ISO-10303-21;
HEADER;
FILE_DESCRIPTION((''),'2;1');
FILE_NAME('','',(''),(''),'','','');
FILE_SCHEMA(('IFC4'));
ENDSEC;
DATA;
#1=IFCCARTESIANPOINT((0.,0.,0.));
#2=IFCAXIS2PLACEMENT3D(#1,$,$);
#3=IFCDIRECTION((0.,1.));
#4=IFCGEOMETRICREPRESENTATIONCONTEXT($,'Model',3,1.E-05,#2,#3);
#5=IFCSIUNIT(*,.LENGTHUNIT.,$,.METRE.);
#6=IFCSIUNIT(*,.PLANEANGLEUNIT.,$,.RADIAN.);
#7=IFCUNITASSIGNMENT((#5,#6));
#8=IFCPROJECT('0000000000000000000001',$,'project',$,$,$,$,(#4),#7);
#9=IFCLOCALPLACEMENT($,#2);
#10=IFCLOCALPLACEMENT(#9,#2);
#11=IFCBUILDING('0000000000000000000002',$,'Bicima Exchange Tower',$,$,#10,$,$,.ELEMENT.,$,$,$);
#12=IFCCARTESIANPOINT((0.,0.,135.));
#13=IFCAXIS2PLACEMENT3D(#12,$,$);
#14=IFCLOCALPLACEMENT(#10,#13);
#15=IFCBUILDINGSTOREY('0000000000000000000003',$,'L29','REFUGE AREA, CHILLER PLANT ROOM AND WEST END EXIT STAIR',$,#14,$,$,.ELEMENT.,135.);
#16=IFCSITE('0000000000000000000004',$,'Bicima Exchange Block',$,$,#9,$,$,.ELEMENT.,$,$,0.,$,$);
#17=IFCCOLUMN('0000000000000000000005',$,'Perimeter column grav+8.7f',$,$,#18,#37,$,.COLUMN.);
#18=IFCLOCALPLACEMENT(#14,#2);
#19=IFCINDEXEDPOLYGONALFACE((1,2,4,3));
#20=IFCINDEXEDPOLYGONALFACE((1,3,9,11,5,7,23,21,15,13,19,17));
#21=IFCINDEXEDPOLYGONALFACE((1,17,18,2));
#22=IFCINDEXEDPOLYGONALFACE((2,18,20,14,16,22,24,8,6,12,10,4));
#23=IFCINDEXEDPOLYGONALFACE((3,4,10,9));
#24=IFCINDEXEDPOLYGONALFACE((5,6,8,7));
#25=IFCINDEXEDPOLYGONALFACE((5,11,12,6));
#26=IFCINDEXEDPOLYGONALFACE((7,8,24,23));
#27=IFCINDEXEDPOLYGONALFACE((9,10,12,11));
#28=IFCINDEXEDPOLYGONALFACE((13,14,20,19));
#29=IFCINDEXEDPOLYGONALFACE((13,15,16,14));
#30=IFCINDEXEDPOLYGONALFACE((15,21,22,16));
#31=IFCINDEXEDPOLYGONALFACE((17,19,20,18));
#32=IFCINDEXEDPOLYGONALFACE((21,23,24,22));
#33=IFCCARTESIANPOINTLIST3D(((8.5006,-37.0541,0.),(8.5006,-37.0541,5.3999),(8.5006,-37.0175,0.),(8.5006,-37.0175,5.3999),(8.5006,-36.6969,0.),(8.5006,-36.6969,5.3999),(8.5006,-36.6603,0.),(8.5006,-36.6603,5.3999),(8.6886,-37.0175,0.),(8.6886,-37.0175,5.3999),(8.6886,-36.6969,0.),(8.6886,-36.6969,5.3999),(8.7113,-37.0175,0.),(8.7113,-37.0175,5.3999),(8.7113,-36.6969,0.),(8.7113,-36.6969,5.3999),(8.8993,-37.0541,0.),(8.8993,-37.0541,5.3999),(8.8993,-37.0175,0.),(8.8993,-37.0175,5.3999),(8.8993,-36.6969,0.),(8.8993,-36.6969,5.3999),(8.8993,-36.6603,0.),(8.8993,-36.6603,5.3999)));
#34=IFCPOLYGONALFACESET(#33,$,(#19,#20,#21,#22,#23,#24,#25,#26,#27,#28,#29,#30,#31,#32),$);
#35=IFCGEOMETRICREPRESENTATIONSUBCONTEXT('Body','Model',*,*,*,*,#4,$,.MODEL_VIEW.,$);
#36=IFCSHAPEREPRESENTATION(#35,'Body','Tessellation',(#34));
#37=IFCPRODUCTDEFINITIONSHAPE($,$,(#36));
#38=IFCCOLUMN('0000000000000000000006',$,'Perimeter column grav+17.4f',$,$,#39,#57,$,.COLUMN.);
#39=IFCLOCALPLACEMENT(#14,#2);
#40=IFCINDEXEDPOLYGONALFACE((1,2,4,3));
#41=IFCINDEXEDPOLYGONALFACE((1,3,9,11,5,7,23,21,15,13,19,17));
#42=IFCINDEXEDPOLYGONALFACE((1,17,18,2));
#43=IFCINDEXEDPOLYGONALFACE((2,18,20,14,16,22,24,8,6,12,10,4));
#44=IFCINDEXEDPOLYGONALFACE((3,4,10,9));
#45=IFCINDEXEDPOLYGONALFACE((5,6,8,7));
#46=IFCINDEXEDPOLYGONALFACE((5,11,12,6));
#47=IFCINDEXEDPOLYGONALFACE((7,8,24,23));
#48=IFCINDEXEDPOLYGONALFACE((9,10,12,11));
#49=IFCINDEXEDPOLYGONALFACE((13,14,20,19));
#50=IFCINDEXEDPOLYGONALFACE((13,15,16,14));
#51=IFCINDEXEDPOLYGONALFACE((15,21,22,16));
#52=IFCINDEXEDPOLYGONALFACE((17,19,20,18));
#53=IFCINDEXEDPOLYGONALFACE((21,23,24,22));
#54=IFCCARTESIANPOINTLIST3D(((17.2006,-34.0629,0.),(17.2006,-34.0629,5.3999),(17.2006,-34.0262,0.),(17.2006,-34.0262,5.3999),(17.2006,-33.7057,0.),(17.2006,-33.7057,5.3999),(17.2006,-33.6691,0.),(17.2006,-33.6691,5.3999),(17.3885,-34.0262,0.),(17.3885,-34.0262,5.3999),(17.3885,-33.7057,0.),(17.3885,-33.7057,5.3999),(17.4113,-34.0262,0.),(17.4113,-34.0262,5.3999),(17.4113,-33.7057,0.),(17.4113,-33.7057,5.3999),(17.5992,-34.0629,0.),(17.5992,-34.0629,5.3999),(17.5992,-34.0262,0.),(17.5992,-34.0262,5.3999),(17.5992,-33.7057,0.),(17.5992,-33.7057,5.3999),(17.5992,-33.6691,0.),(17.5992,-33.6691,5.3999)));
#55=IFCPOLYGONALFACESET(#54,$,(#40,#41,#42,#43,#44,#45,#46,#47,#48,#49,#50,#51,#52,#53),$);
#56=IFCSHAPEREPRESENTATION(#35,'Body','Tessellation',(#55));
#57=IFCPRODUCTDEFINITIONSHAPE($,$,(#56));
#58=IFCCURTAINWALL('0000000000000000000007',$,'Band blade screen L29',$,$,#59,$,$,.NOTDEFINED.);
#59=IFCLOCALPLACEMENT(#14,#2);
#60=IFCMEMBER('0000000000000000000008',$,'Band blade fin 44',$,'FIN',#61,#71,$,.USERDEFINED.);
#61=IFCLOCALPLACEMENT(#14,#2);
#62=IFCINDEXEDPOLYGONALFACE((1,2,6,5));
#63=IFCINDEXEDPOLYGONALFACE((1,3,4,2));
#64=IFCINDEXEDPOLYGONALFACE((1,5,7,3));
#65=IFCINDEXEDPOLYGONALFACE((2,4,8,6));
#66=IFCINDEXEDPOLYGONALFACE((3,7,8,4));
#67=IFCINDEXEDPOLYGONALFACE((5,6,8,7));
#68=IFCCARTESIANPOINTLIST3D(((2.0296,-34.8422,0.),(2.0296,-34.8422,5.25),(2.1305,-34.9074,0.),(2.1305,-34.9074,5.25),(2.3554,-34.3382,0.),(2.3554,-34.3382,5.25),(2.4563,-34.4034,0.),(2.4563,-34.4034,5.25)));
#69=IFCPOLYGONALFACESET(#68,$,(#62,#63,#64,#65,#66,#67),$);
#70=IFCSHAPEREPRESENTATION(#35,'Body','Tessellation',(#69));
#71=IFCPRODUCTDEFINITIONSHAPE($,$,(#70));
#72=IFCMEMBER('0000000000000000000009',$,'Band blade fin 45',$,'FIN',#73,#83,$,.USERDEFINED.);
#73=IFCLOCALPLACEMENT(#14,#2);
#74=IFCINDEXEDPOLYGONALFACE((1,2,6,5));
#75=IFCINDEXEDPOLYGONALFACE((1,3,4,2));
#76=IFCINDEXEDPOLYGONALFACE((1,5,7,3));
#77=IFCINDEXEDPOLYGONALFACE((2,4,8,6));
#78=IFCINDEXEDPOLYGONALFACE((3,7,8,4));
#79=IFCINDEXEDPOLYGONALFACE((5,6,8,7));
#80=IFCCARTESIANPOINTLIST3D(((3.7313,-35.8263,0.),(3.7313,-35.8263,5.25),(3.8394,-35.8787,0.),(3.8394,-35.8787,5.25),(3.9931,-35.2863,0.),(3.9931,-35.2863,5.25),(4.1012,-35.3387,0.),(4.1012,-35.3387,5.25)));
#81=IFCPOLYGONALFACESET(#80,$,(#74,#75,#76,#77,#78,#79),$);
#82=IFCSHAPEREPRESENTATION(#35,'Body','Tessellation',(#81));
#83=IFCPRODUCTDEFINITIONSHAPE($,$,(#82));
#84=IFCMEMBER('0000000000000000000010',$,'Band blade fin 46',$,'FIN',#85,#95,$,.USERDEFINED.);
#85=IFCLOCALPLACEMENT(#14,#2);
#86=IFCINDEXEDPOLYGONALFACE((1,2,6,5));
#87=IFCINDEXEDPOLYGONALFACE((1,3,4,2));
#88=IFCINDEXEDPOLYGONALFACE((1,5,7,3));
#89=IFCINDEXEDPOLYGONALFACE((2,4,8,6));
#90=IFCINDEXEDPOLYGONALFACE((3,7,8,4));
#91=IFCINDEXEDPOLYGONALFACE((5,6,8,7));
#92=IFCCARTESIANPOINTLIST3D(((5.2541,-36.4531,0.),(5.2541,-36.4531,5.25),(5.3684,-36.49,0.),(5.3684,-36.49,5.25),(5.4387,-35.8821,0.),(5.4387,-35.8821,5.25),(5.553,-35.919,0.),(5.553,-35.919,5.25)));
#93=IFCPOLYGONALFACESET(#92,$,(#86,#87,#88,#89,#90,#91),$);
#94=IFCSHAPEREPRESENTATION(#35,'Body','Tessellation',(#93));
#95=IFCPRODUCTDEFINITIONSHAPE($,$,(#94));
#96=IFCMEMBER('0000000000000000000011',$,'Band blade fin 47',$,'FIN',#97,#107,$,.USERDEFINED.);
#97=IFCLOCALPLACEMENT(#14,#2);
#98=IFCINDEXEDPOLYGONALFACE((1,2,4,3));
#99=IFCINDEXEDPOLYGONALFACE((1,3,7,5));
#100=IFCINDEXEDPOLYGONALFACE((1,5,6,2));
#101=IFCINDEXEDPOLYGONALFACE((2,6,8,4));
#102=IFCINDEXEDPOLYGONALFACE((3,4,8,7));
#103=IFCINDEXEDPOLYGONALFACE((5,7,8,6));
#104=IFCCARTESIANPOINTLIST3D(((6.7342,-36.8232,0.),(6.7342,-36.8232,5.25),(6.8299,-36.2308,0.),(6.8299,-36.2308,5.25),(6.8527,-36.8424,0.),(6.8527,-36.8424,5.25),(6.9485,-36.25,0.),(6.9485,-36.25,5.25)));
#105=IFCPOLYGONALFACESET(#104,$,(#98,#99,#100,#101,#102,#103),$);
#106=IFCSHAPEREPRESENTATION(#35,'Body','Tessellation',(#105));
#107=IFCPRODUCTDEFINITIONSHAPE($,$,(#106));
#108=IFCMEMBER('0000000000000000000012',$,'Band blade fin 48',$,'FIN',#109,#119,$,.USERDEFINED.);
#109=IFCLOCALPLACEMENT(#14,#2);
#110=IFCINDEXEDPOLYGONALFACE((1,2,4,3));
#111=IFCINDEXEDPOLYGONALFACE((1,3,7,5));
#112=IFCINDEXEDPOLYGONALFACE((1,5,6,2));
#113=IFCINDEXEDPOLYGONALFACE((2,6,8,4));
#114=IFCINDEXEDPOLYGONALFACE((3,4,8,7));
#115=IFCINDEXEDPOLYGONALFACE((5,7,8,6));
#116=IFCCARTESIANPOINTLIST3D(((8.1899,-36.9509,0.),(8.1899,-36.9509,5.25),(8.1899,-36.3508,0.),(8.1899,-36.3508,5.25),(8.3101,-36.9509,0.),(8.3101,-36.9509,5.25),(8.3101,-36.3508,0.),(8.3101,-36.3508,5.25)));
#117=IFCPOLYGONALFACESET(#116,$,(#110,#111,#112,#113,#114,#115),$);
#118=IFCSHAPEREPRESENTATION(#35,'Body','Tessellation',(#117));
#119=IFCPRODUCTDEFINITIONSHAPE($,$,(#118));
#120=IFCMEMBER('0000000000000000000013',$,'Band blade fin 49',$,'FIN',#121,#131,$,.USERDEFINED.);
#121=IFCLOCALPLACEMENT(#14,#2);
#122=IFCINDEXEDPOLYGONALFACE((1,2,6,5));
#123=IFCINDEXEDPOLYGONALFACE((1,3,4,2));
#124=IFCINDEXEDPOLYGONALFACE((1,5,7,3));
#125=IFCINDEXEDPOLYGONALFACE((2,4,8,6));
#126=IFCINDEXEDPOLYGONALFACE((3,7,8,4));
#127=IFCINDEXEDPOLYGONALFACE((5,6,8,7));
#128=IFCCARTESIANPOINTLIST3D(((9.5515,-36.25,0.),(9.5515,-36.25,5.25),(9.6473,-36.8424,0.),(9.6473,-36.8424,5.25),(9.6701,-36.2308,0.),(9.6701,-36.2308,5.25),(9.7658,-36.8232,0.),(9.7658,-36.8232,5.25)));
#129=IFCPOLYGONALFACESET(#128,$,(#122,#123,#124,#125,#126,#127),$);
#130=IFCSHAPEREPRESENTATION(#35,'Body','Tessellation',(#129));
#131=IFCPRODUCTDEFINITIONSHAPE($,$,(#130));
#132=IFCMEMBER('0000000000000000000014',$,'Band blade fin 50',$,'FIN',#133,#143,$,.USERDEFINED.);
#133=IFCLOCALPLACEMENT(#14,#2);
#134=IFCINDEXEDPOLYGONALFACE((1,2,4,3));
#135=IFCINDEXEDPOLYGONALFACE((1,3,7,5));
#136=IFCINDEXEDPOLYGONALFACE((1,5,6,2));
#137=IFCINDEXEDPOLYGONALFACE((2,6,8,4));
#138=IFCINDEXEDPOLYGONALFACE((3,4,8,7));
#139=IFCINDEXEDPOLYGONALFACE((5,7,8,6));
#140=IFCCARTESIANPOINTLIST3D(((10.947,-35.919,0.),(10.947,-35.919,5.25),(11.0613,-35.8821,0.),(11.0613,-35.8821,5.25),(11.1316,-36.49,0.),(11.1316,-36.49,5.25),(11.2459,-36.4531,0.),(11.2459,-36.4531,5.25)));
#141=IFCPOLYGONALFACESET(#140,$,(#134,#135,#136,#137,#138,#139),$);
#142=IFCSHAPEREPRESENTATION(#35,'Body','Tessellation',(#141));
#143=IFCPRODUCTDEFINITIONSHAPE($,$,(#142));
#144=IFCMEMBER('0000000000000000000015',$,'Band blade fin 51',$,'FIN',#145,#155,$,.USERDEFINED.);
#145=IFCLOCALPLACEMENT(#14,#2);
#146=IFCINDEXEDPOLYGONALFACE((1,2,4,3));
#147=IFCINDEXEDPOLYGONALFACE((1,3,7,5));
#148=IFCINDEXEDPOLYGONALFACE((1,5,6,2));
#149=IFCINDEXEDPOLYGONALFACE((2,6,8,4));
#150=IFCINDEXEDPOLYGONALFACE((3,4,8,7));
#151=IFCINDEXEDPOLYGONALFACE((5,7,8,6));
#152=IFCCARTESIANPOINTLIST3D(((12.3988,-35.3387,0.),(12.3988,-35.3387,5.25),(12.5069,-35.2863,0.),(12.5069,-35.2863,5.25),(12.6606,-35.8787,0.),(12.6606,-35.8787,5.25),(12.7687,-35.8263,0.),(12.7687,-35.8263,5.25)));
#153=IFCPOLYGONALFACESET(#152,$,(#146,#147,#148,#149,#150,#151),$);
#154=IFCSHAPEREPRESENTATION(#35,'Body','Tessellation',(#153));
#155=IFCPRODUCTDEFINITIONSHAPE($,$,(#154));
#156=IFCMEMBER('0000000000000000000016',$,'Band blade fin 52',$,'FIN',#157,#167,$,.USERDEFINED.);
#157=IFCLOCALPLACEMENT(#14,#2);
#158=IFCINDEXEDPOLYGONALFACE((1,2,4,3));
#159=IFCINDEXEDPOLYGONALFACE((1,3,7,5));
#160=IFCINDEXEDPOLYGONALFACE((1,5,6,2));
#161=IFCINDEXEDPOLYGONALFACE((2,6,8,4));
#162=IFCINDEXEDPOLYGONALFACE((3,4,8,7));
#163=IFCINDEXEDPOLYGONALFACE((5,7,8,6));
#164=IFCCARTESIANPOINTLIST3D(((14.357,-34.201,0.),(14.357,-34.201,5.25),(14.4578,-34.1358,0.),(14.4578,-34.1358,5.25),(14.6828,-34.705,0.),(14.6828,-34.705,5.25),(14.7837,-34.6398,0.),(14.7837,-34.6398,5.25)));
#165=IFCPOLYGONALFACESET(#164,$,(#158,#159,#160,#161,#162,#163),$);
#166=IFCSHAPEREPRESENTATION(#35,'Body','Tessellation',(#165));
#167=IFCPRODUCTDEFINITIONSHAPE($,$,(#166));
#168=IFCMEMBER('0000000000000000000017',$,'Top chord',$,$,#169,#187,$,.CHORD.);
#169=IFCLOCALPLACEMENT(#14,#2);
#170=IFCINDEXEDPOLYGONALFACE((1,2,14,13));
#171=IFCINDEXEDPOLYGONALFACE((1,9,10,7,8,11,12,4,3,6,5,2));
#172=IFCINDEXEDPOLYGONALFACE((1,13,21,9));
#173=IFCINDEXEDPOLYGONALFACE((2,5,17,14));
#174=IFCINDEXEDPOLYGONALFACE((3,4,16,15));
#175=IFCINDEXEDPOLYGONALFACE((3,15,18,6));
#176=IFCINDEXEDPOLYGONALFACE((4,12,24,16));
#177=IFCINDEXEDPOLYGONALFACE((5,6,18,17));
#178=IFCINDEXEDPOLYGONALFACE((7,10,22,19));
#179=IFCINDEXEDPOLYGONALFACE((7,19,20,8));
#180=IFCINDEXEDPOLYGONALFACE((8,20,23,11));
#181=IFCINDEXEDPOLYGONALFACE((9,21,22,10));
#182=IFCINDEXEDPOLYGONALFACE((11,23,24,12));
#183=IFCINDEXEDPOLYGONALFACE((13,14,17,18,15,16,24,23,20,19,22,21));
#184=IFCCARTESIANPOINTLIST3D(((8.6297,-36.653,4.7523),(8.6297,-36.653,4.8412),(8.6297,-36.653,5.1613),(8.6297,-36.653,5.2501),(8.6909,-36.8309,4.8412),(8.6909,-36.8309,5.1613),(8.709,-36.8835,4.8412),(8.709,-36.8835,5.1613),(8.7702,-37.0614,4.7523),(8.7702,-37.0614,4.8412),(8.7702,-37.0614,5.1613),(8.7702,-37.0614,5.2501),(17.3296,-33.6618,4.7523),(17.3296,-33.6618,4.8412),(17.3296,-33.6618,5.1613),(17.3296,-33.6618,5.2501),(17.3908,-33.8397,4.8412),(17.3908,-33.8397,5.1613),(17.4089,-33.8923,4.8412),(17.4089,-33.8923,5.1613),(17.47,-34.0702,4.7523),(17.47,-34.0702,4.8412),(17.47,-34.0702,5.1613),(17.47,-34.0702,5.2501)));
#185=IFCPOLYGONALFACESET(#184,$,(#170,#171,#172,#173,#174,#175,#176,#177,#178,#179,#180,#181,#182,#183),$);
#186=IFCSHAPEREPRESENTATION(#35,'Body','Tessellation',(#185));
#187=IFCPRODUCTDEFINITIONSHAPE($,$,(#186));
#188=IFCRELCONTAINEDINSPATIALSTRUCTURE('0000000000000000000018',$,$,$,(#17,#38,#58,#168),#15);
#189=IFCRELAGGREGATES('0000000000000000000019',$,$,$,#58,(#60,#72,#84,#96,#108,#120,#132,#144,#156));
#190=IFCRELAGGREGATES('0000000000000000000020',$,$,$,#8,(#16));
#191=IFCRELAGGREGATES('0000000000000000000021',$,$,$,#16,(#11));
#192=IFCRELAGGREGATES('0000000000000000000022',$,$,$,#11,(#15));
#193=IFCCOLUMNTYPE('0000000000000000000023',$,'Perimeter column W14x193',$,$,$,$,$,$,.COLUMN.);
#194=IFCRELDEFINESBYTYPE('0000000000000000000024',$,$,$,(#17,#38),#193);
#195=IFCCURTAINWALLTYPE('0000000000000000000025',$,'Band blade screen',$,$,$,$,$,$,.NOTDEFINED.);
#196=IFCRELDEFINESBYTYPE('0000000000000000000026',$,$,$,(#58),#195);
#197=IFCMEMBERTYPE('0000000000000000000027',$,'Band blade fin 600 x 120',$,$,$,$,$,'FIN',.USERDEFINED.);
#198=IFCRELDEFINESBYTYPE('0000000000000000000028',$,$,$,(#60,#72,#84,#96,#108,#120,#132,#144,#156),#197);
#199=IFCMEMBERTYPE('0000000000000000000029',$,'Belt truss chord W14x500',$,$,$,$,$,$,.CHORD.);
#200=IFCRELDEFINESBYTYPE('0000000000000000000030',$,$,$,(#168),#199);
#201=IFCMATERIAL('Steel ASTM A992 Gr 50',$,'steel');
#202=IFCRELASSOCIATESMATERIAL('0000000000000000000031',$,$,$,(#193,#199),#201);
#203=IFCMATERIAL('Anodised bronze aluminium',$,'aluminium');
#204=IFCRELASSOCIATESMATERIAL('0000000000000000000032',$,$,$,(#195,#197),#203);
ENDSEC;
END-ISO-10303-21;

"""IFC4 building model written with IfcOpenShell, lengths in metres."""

from ifc_helpers import new_model, si_unit, direction, frame, origin, origin_2d, place, context, subcontext, project, spatial, rectangle, i_section, extrude, material, material_profile, profile_set, type_object, element, aggregate, save


model = new_model("IFC4")

# Units and contexts
model_context = context("Model", 3, precision=1e-05, world=origin(), true_north=direction((0.0, 1.0)))
body_context = subcontext(model_context, "Body", "Model", "MODEL_VIEW")
ifc_project = project(units=[si_unit("LENGTHUNIT", "METRE"), si_unit("PLANEANGLEUNIT", "RADIAN")], contexts=[model_context])

# Site, building, storey
site_placement = place(None, origin())
site = spatial("IfcSite", under=ifc_project, at=site_placement, Name="Bicima Exchange Block", CompositionType="ELEMENT", RefElevation=0.0)
building_placement = place(site_placement, origin())
building = spatial("IfcBuilding", under=site, at=building_placement, Name="Bicima Exchange Tower", CompositionType="ELEMENT")
storey_placement = place(building_placement, frame((0.0, 0.0, 135.0)))
storey = spatial("IfcBuildingStorey", under=building, at=storey_placement, Name="L29", Description="REFUGE AREA, CHILLER PLANT ROOM AND WEST END EXIT STAIR", CompositionType="ELEMENT", Elevation=135.0)

# Columns
ifc_material_1 = material(Name="Steel ASTM A992 Gr 50", Category="steel")
ifc_material_profile_1 = material_profile(ifc_material_1, i_section(OverallWidth=0.3987, OverallDepth=0.3938, WebThickness=0.0227, FlangeThickness=0.0366, at=origin_2d()))
ifc_profile_set_1 = profile_set([ifc_material_profile_1], Name="Steel ASTM A992 Gr 50")
column_type = type_object("IfcColumnType", Name="Perimeter column W14x193", PredefinedType="COLUMN", material=ifc_profile_set_1)
for number, where, z_axis, x_axis, name in (
    (1, (8.7, -36.8572, 0.0), (0.0, 0.0, 1.0), (1.0, 0.0, 0.0), "Perimeter column grav+8.7f"),
    (2, (17.3999, -33.866, 0.0), (0.0, 0.0, 1.0), (1.0, 0.0, 0.0), "Perimeter column grav+17.4f"),
):
    element("IfcColumn", number, at=place(storey_placement, frame(where, z_axis=z_axis, x_axis=x_axis)), inside=storey, type_object=column_type, Name=name, PredefinedType="COLUMN", context=body_context, shape_type="SweptSolid", body=[
        extrude(i_section(OverallWidth=0.3987, OverallDepth=0.3938, WebThickness=0.0227, FlangeThickness=0.0366, at=origin_2d()), origin(), (0.0, 0.0, 1.0), 5.3999),
    ])

# Curtain wall, members
ifc_material_2 = material(Name="Anodised bronze aluminium", Category="aluminium")
curtain_wall_type = type_object("IfcCurtainWallType", Name="Band blade screen", PredefinedType="NOTDEFINED", material=ifc_material_2)
curtain_wall_placement = place(storey_placement, origin())
curtain_wall = element("IfcCurtainWall", 3, at=curtain_wall_placement, inside=storey, type_object=curtain_wall_type, Name="Band blade screen L29", PredefinedType="NOTDEFINED")
ifc_material_profile_2 = material_profile(ifc_material_2, rectangle(XDim=0.6001, YDim=0.1201, at=origin_2d()))
ifc_profile_set_2 = profile_set([ifc_material_profile_2], Name="Anodised bronze aluminium")
member_type_1 = type_object("IfcMemberType", Name="Band blade fin 600 x 120", ElementType="FIN", PredefinedType="USERDEFINED", material=ifc_profile_set_2)
member_1_placement = place(storey_placement, frame((2.2429, -34.6228, 0.0), z_axis=(0.0, 0.0, 1.0), x_axis=(0.542909, 0.839791, 0.0)))
member_1 = element("IfcMember", 4, at=member_1_placement, type_object=member_type_1, Name="Band blade fin 44", ObjectType="FIN", PredefinedType="USERDEFINED", context=body_context, shape_type="SweptSolid", body=[
    extrude(rectangle(XDim=0.6001, YDim=0.1201, at=origin_2d()), origin(), (0.0, 0.0, 1.0), 5.25),
])
member_2_placement = place(storey_placement, frame((3.9163, -35.5825, 0.0), z_axis=(0.0, 0.0, 1.0), x_axis=(0.436287, 0.899808, 0.0)))
member_2 = element("IfcMember", 5, at=member_2_placement, type_object=member_type_1, Name="Band blade fin 45", ObjectType="FIN", PredefinedType="USERDEFINED", context=body_context, shape_type="SweptSolid", body=[
    extrude(rectangle(XDim=0.6001, YDim=0.1201, at=origin_2d()), origin(), (0.0, 0.0, 1.0), 5.25),
])
member_3_placement = place(storey_placement, frame((5.4036, -36.186, 0.0), z_axis=(0.0, 0.0, 1.0), x_axis=(0.307553, 0.951531, 0.0)))
member_3 = element("IfcMember", 6, at=member_3_placement, type_object=member_type_1, Name="Band blade fin 46", ObjectType="FIN", PredefinedType="USERDEFINED", context=body_context, shape_type="SweptSolid", body=[
    extrude(rectangle(XDim=0.6001, YDim=0.1201, at=origin_2d()), origin(), (0.0, 0.0, 1.0), 5.25),
])
member_4_placement = place(storey_placement, frame((6.8413, -36.5366, 0.0), z_axis=(0.0, 0.0, 1.0), x_axis=(0.159533, 0.987193, 0.0)))
member_4 = element("IfcMember", 7, at=member_4_placement, type_object=member_type_1, Name="Band blade fin 47", ObjectType="FIN", PredefinedType="USERDEFINED", context=body_context, shape_type="SweptSolid", body=[
    extrude(rectangle(XDim=0.6001, YDim=0.1201, at=origin_2d()), origin(), (0.0, 0.0, 1.0), 5.25),
])
member_5_placement = place(storey_placement, frame((8.25, -36.6509, 0.0), z_axis=(0.0, 0.0, 1.0), x_axis=(0.0, 1.0, 0.0)))
member_5 = element("IfcMember", 8, at=member_5_placement, type_object=member_type_1, Name="Band blade fin 48", ObjectType="FIN", PredefinedType="USERDEFINED", context=body_context, shape_type="SweptSolid", body=[
    extrude(rectangle(XDim=0.6001, YDim=0.1201, at=origin_2d()), origin(), (0.0, 0.0, 1.0), 5.25),
])
member_6_placement = place(storey_placement, frame((9.6587, -36.5366, 0.0), z_axis=(0.0, 0.0, 1.0), x_axis=(-0.159533, 0.987193, 0.0)))
member_6 = element("IfcMember", 9, at=member_6_placement, type_object=member_type_1, Name="Band blade fin 49", ObjectType="FIN", PredefinedType="USERDEFINED", context=body_context, shape_type="SweptSolid", body=[
    extrude(rectangle(XDim=0.6001, YDim=0.1201, at=origin_2d()), origin(), (0.0, 0.0, 1.0), 5.25),
])
member_7_placement = place(storey_placement, frame((11.0964, -36.186, 0.0), z_axis=(0.0, 0.0, 1.0), x_axis=(-0.307553, 0.951531, 0.0)))
member_7 = element("IfcMember", 10, at=member_7_placement, type_object=member_type_1, Name="Band blade fin 50", ObjectType="FIN", PredefinedType="USERDEFINED", context=body_context, shape_type="SweptSolid", body=[
    extrude(rectangle(XDim=0.6001, YDim=0.1201, at=origin_2d()), origin(), (0.0, 0.0, 1.0), 5.25),
])
member_8_placement = place(storey_placement, frame((12.5837, -35.5825, 0.0), z_axis=(0.0, 0.0, 1.0), x_axis=(-0.436287, 0.899808, 0.0)))
member_8 = element("IfcMember", 11, at=member_8_placement, type_object=member_type_1, Name="Band blade fin 51", ObjectType="FIN", PredefinedType="USERDEFINED", context=body_context, shape_type="SweptSolid", body=[
    extrude(rectangle(XDim=0.6001, YDim=0.1201, at=origin_2d()), origin(), (0.0, 0.0, 1.0), 5.25),
])
member_9_placement = place(storey_placement, frame((14.5703, -34.4204, 0.0), z_axis=(0.0, 0.0, 1.0), x_axis=(-0.542917, 0.839787, 0.0)))
member_9 = element("IfcMember", 12, at=member_9_placement, type_object=member_type_1, Name="Band blade fin 52", ObjectType="FIN", PredefinedType="USERDEFINED", context=body_context, shape_type="SweptSolid", body=[
    extrude(rectangle(XDim=0.6001, YDim=0.1201, at=origin_2d()), origin(), (0.0, 0.0, 1.0), 5.25),
])
aggregate(curtain_wall, [member_1, member_2, member_3, member_4, member_5, member_6, member_7, member_8, member_9])

# Member
ifc_material_profile_3 = material_profile(ifc_material_1, i_section(OverallWidth=0.4319, OverallDepth=0.4978, WebThickness=0.0557, FlangeThickness=0.0889, at=origin_2d()))
ifc_profile_set_3 = profile_set([ifc_material_profile_3], Name="Steel ASTM A992 Gr 50")
member_type_2 = type_object("IfcMemberType", Name="Belt truss chord W14x500", PredefinedType="CHORD", material=ifc_profile_set_3)
for number, where, z_axis, x_axis, name in (
    (13, (8.7, -36.8572, 5.0012), (0.945666, 0.325138, 0.0), (-0.325138, 0.945666, 0.0), "Top chord"),
):
    element("IfcMember", number, at=place(storey_placement, frame(where, z_axis=z_axis, x_axis=x_axis)), inside=storey, type_object=member_type_2, Name=name, PredefinedType="CHORD", context=body_context, shape_type="SweptSolid", body=[
        extrude(i_section(OverallWidth=0.4319, OverallDepth=0.4978, WebThickness=0.0557, FlangeThickness=0.0889, at=origin_2d()), origin(), (0.0, 0.0, 1.0), 9.1997),
    ])

save(model, "model.ifc")
